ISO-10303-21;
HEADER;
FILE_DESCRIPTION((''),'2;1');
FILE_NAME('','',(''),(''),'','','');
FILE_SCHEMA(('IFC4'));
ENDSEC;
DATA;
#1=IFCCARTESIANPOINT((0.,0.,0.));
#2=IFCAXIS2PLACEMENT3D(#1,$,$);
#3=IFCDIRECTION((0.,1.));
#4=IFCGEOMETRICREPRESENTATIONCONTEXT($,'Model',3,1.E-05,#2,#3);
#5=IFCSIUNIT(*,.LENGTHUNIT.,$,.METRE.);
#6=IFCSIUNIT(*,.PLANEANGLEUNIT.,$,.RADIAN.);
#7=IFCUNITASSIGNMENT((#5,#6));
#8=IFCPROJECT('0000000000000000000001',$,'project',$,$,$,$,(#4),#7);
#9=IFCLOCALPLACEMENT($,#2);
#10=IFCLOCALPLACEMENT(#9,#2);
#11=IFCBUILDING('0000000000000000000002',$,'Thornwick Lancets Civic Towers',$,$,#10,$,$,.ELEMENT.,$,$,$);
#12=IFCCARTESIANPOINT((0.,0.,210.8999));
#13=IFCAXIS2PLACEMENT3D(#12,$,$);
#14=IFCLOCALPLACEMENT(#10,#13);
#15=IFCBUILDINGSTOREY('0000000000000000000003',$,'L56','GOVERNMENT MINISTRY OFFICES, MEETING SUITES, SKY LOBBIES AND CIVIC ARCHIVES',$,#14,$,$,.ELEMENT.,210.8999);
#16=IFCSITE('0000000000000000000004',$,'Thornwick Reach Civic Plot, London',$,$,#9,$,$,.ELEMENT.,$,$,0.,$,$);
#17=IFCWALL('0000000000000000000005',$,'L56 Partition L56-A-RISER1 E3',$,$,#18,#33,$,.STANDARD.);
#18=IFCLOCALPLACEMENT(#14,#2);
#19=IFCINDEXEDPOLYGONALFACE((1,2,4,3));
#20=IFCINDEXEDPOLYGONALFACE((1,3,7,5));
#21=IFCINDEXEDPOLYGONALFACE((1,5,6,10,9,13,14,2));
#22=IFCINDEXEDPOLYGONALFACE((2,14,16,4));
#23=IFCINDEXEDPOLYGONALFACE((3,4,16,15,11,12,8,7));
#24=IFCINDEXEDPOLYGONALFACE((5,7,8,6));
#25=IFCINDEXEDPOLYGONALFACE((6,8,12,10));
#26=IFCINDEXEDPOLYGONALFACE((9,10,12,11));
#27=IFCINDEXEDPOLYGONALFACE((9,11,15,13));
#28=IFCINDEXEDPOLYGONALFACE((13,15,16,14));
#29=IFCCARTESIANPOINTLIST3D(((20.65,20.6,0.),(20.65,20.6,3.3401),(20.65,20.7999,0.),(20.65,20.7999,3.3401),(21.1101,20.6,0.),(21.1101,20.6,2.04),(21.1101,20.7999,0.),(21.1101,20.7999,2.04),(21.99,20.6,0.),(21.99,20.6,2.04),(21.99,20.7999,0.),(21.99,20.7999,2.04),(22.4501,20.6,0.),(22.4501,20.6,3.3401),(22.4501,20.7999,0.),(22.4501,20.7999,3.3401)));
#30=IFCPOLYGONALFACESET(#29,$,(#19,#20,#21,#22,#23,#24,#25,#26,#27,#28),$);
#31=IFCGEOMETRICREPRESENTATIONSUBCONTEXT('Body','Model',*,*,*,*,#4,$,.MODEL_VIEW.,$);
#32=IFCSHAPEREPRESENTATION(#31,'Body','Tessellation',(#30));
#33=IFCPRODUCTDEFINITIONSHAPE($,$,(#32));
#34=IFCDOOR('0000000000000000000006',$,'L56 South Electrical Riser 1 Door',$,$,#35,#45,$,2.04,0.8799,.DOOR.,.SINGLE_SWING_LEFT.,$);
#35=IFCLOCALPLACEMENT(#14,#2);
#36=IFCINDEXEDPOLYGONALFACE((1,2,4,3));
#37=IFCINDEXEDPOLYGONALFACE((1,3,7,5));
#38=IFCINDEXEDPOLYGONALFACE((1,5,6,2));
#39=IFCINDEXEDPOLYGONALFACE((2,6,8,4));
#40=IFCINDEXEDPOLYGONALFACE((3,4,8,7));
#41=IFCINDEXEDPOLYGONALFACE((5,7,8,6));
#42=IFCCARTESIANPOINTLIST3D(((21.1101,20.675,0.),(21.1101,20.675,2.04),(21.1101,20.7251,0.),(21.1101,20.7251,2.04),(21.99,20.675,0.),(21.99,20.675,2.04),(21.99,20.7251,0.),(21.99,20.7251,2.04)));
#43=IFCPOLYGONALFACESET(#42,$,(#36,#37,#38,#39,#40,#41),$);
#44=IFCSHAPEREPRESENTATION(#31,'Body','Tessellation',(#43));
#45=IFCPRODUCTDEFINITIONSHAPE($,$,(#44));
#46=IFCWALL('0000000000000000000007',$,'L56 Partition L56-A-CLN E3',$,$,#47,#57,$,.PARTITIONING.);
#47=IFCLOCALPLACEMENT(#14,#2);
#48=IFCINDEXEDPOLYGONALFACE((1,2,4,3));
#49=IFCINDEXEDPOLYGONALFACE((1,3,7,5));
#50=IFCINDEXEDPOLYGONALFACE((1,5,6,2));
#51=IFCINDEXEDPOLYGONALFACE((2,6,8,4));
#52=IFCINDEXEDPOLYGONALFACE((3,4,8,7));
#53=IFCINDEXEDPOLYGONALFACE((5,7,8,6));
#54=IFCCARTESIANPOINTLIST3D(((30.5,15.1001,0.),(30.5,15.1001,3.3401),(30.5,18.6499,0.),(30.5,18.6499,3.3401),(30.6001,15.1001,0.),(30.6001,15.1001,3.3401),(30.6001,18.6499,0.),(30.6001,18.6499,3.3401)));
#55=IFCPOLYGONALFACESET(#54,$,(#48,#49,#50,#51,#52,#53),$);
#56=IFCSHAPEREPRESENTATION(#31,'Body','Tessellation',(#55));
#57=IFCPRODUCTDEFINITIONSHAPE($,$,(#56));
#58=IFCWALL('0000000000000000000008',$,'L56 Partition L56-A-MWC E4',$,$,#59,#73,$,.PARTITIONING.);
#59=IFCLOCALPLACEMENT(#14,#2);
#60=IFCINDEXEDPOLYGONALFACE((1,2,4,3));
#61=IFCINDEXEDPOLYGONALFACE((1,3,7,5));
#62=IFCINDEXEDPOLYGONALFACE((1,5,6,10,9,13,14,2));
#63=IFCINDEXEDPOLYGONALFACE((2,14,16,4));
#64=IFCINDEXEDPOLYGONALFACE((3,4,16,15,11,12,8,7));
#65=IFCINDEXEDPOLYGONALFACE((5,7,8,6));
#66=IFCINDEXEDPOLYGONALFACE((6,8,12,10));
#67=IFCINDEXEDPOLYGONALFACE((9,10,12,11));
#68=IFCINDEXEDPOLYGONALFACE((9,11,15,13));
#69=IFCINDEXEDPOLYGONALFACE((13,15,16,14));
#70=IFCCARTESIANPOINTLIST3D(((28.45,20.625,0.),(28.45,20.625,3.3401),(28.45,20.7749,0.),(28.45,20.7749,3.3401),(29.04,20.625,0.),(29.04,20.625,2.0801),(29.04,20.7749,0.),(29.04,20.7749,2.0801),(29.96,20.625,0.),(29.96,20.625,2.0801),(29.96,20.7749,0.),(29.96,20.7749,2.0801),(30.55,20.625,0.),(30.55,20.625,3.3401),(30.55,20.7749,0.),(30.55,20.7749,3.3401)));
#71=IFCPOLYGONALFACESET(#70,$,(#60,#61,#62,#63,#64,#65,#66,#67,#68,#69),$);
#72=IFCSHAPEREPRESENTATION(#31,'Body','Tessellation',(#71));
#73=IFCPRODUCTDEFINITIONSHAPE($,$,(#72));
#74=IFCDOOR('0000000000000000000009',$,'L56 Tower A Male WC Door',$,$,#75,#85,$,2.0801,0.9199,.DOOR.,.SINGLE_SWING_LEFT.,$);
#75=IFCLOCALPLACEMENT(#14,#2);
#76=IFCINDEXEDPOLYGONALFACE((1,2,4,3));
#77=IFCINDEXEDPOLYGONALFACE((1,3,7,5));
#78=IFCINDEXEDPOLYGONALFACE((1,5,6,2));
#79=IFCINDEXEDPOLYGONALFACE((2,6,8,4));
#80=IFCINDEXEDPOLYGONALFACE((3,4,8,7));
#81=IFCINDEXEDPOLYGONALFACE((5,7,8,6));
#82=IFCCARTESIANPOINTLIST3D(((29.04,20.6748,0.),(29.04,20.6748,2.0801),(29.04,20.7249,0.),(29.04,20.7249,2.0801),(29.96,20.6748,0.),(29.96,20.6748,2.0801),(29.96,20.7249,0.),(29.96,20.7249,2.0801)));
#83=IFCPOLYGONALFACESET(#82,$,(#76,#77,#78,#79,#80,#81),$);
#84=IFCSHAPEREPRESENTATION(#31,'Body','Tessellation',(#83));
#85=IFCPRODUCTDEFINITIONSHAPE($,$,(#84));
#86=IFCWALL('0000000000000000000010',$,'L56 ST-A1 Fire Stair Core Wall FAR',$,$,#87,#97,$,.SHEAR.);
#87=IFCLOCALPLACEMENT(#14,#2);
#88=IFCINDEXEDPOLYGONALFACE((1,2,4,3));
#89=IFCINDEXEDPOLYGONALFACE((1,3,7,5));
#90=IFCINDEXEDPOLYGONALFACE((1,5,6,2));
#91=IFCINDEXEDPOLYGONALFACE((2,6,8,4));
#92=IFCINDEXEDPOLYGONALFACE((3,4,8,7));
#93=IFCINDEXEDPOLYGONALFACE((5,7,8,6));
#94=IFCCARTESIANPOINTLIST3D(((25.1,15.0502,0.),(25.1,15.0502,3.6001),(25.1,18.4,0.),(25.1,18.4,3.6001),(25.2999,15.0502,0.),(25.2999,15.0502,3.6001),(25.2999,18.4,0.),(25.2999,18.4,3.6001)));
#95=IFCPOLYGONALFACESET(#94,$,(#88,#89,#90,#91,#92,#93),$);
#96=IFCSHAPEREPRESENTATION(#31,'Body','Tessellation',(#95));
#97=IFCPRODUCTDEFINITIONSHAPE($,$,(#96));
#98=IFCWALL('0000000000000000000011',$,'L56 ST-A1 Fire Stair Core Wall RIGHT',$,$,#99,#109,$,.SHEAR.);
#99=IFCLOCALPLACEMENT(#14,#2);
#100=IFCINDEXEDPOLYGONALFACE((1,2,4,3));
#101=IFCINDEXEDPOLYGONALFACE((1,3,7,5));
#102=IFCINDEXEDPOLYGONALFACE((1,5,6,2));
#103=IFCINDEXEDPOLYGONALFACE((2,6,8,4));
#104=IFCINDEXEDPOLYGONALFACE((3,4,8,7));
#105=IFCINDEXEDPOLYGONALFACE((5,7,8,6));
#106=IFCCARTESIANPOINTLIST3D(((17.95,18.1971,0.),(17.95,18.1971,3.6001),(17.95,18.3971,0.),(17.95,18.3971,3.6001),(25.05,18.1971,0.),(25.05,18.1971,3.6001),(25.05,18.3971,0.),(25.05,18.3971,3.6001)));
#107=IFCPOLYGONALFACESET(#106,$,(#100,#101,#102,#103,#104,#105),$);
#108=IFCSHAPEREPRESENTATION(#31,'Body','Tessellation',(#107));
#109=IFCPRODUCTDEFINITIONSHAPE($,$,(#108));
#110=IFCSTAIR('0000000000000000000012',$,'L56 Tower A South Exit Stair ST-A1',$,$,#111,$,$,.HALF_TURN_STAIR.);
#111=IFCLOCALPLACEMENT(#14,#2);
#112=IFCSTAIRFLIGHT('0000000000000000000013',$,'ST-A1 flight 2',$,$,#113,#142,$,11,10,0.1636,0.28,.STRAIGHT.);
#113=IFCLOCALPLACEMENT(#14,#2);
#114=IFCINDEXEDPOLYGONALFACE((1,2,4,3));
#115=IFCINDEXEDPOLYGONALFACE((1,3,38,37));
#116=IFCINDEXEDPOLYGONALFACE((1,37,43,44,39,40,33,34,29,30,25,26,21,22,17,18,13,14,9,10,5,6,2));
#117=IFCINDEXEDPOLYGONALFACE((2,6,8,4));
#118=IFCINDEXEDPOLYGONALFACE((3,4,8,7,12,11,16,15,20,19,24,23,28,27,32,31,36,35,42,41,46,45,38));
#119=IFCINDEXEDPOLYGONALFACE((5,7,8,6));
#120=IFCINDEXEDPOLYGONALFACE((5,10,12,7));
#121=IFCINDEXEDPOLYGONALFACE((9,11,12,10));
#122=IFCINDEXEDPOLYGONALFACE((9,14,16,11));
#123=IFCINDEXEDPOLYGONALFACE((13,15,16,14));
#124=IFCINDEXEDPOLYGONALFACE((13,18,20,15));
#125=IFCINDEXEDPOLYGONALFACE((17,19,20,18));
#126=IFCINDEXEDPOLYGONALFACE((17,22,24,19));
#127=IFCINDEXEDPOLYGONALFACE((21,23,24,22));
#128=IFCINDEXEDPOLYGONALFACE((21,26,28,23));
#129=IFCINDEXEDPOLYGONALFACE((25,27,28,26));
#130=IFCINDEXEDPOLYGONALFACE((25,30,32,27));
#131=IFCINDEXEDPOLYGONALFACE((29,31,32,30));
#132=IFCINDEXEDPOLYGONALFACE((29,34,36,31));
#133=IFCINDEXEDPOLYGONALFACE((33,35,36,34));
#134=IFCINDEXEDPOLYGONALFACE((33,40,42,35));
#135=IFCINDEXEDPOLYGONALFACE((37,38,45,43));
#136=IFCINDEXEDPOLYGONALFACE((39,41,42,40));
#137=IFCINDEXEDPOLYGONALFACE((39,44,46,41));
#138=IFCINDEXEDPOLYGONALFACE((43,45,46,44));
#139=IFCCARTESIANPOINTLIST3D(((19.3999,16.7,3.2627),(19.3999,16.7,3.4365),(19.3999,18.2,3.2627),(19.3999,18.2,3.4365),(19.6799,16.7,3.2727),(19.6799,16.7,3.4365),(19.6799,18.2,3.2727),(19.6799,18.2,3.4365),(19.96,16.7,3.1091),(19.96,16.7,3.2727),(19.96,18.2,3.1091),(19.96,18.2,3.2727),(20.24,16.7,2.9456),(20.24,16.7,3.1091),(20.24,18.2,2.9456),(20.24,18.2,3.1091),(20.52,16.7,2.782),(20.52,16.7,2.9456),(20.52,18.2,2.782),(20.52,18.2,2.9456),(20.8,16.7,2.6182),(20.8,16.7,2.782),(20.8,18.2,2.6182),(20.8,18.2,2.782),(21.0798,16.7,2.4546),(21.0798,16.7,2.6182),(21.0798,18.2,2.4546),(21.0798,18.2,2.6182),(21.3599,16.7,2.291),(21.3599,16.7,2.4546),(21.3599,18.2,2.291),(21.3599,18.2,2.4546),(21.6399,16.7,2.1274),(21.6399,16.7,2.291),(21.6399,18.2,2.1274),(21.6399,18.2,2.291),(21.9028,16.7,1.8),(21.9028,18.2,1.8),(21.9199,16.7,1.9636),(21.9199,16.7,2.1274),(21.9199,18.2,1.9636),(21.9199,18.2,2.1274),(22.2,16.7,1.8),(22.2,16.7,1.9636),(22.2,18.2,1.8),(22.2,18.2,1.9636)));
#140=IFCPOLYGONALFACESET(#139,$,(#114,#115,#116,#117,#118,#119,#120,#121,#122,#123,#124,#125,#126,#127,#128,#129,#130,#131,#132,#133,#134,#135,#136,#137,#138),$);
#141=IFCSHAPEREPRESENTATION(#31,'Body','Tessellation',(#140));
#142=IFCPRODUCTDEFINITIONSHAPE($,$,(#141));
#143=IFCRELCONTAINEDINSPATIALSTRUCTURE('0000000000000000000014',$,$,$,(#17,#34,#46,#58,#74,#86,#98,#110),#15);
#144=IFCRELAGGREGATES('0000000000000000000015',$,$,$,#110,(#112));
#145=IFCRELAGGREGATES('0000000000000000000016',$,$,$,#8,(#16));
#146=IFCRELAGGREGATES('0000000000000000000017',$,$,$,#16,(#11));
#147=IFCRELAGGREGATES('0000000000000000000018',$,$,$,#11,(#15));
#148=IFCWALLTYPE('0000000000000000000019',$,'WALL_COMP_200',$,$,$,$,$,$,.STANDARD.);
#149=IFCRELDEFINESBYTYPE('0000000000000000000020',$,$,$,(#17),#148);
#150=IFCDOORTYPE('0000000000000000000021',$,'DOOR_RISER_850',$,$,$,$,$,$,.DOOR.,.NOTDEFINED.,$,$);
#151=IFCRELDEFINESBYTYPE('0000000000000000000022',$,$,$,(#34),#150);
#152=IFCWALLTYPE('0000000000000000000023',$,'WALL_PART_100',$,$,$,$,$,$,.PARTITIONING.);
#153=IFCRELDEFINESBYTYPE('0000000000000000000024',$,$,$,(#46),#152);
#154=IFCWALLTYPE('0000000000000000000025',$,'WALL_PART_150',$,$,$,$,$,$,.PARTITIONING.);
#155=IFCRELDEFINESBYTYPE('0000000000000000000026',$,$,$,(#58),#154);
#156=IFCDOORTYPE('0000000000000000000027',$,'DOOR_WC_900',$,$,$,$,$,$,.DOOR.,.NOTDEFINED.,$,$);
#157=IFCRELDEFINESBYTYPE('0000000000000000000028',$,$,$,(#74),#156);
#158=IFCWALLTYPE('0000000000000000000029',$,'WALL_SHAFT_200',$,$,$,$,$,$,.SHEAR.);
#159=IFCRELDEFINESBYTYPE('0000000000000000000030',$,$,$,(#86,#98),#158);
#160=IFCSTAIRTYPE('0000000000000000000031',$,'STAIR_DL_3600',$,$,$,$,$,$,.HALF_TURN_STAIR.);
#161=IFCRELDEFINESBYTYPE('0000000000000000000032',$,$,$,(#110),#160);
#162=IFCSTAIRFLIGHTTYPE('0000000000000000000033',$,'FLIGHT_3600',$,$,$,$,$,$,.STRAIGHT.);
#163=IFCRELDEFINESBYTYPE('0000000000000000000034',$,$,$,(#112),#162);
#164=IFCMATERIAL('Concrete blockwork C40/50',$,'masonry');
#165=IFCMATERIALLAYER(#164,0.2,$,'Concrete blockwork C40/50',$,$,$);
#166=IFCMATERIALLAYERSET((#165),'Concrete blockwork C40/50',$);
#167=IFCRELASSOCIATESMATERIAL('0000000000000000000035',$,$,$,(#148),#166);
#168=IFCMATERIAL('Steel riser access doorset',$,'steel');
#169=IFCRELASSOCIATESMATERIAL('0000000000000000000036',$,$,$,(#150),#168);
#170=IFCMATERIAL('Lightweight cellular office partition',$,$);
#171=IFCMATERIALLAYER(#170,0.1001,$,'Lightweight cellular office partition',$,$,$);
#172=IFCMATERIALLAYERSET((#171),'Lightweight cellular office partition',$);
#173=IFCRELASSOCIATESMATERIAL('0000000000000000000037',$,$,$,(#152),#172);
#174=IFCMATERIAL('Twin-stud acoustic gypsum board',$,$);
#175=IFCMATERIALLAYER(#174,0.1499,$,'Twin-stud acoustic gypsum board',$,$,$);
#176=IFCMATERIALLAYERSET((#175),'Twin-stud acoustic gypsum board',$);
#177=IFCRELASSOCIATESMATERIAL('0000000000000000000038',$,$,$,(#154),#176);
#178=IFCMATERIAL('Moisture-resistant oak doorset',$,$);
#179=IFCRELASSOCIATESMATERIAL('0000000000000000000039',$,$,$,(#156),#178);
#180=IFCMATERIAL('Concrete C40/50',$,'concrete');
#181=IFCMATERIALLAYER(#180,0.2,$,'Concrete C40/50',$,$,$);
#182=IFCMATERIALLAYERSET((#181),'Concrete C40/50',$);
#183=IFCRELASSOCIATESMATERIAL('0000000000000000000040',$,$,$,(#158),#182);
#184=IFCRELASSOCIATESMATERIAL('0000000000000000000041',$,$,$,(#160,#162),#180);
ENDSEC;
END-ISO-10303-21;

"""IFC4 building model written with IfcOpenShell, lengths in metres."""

from ifc_helpers import new_model, si_unit, direction, frame, frame_2d, origin, place, context, subcontext, project, spatial, polyline, rectangle, outline, extrude, material, layer, layer_set, type_object, element, fill, aggregate, save


model = new_model("IFC4")

# Units and contexts
model_context = context("Model", 3, precision=1e-05, world=origin(), true_north=direction((0.0, 1.0)))
body_context = subcontext(model_context, "Body", "Model", "MODEL_VIEW")
ifc_project = project(units=[si_unit("LENGTHUNIT", "METRE"), si_unit("PLANEANGLEUNIT", "RADIAN")], contexts=[model_context])

# Site, building, storey
site_placement = place(None, origin())
site = spatial("IfcSite", under=ifc_project, at=site_placement, Name="Thornwick Reach Civic Plot, London", CompositionType="ELEMENT", RefElevation=0.0)
building_placement = place(site_placement, origin())
building = spatial("IfcBuilding", under=site, at=building_placement, Name="Thornwick Lancets Civic Towers", CompositionType="ELEMENT")
storey_placement = place(building_placement, frame((0.0, 0.0, 210.8999)))
storey = spatial("IfcBuildingStorey", under=building, at=storey_placement, Name="L56", Description="GOVERNMENT MINISTRY OFFICES, MEETING SUITES, SKY LOBBIES AND CIVIC ARCHIVES", CompositionType="ELEMENT", Elevation=210.8999)

# Shared definitions
ifc_material_1 = material(Name="Concrete C40/50", Category="concrete")

# Shared definitions
ifc_material_2 = material(Name="Concrete blockwork C40/50", Category="masonry")
ifc_layer_1 = layer(ifc_material_2, 0.2, Name="Concrete blockwork C40/50")
ifc_layer_set_1 = layer_set([ifc_layer_1], Name="Concrete blockwork C40/50")
wall_type_1 = type_object("IfcWallType", Name="WALL_COMP_200", PredefinedType="STANDARD", material=ifc_layer_set_1)

# Shared definitions
ifc_material_3 = material(Name="Steel riser access doorset", Category="steel")
door_type_1 = type_object("IfcDoorType", Name="DOOR_RISER_850", OperationType="NOTDEFINED", PredefinedType="DOOR", material=ifc_material_3)

# Wall, opening, door
wall_1_placement = place(storey_placement, frame((22.45, 20.7, 0.0), z_axis=(0.0, 0.0, 1.0), x_axis=(-1.0, 0.0, 0.0)))
wall_1 = element("IfcWall", 1, at=wall_1_placement, inside=storey, type_object=wall_type_1, Name="L56 Partition L56-A-RISER1 E3", PredefinedType="STANDARD", context=body_context, shape_type="SweptSolid", body=[
    extrude(rectangle(XDim=1.8, YDim=0.2, at=frame_2d((0.8999, 0.0))), origin(), (0.0, 0.0, 1.0), 3.3401),
])
opening_1_placement = place(wall_1_placement, frame((0.46, 0.0, 0.0)))
opening_1 = element("IfcOpeningElement", 2, at=opening_1_placement, cuts=wall_1, PredefinedType="OPENING", context=body_context, shape_type="SweptSolid", body=[
    extrude(rectangle(XDim=0.8799, YDim=2.04, at=frame_2d((0.4399, 1.02))), frame((0.0, 0.1099, 0.0), z_axis=(0.0, -1.0, 0.0), x_axis=(1.0, 0.0, 0.0)), (0.0, 0.0, 1.0), 0.22),
])
door_1_placement = place(opening_1_placement, origin())
door_1 = element("IfcDoor", 3, at=door_1_placement, inside=storey, type_object=door_type_1, Name="L56 South Electrical Riser 1 Door", OperationType="SINGLE_SWING_LEFT", OverallHeight=2.04, OverallWidth=0.8799, PredefinedType="DOOR", context=body_context, shape_type="SweptSolid", body=[
    extrude(rectangle(XDim=0.8799, YDim=2.04, at=frame_2d((0.4399, 1.02))), frame((0.0, 0.0249, 0.0), z_axis=(0.0, -1.0, 0.0), x_axis=(1.0, 0.0, 0.0)), (0.0, 0.0, 1.0), 0.05),
])
fill(opening_1, door_1)

# Wall
ifc_material_4 = material(Name="Lightweight cellular office partition")
ifc_layer_2 = layer(ifc_material_4, 0.1001, Name="Lightweight cellular office partition")
ifc_layer_set_2 = layer_set([ifc_layer_2], Name="Lightweight cellular office partition")
wall_type_2 = type_object("IfcWallType", Name="WALL_PART_100", PredefinedType="PARTITIONING", material=ifc_layer_set_2)
wall_2_placement = place(storey_placement, frame((30.55, 15.1001, 0.0), z_axis=(0.0, 0.0, 1.0), x_axis=(0.0, 1.0, 0.0)))
element("IfcWall", 4, at=wall_2_placement, inside=storey, type_object=wall_type_2, Name="L56 Partition L56-A-CLN E3", PredefinedType="PARTITIONING", context=body_context, shape_type="SweptSolid", body=[
    extrude(rectangle(XDim=3.5498, YDim=0.1001, at=frame_2d((1.7749, 0.0))), origin(), (0.0, 0.0, 1.0), 3.3401),
])

# Wall, opening, door
ifc_material_5 = material(Name="Twin-stud acoustic gypsum board")
ifc_layer_3 = layer(ifc_material_5, 0.1499, Name="Twin-stud acoustic gypsum board")
ifc_layer_set_3 = layer_set([ifc_layer_3], Name="Twin-stud acoustic gypsum board")
wall_type_3 = type_object("IfcWallType", Name="WALL_PART_150", PredefinedType="PARTITIONING", material=ifc_layer_set_3)
wall_3_placement = place(storey_placement, frame((28.45, 20.7, 0.0), z_axis=(0.0, 0.0, 1.0), x_axis=(1.0, 0.0, 0.0)))
wall_3 = element("IfcWall", 5, at=wall_3_placement, inside=storey, type_object=wall_type_3, Name="L56 Partition L56-A-MWC E4", PredefinedType="PARTITIONING", context=body_context, shape_type="SweptSolid", body=[
    extrude(rectangle(XDim=2.1001, YDim=0.1499, at=frame_2d((1.05, 0.0))), origin(), (0.0, 0.0, 1.0), 3.3401),
])
opening_2_placement = place(wall_3_placement, frame((0.5901, 0.0, 0.0)))
opening_2 = element("IfcOpeningElement", 6, at=opening_2_placement, cuts=wall_3, PredefinedType="OPENING", context=body_context, shape_type="SweptSolid", body=[
    extrude(rectangle(XDim=0.9199, YDim=2.0801, at=frame_2d((0.46, 1.04))), frame((0.0, 0.085, 0.0), z_axis=(0.0, -1.0, 0.0), x_axis=(1.0, 0.0, 0.0)), (0.0, 0.0, 1.0), 0.1699),
])
ifc_material_6 = material(Name="Moisture-resistant oak doorset")
door_type_2 = type_object("IfcDoorType", Name="DOOR_WC_900", OperationType="NOTDEFINED", PredefinedType="DOOR", material=ifc_material_6)
door_2_placement = place(opening_2_placement, origin())
door_2 = element("IfcDoor", 7, at=door_2_placement, inside=storey, type_object=door_type_2, Name="L56 Tower A Male WC Door", OperationType="SINGLE_SWING_LEFT", OverallHeight=2.0801, OverallWidth=0.9199, PredefinedType="DOOR", context=body_context, shape_type="SweptSolid", body=[
    extrude(rectangle(XDim=0.9199, YDim=2.0801, at=frame_2d((0.46, 1.04))), frame((0.0, 0.0249, 0.0), z_axis=(0.0, -1.0, 0.0), x_axis=(1.0, 0.0, 0.0)), (0.0, 0.0, 1.0), 0.05),
])
fill(opening_2, door_2)

# Walls
ifc_layer_4 = layer(ifc_material_1, 0.2, Name="Concrete C40/50")
ifc_layer_set_4 = layer_set([ifc_layer_4], Name="Concrete C40/50")
wall_type_4 = type_object("IfcWallType", Name="WALL_SHAFT_200", PredefinedType="SHEAR", material=ifc_layer_set_4)
wall_4_placement = place(storey_placement, frame((25.2, 18.3999, 0.0), z_axis=(0.0, 0.0, 1.0), x_axis=(0.0, -1.0, 0.0)))
element("IfcWall", 8, at=wall_4_placement, inside=storey, type_object=wall_type_4, Name="L56 ST-A1 Fire Stair Core Wall FAR", PredefinedType="SHEAR", context=body_context, shape_type="SweptSolid", body=[
    extrude(rectangle(XDim=3.3499, YDim=0.2, at=frame_2d((1.6748, 0.0))), origin(), (0.0, 0.0, 1.0), 3.6001),
])
wall_5_placement = place(storey_placement, frame((25.05, 18.2971, 0.0), z_axis=(0.0, 0.0, 1.0), x_axis=(-1.0, 0.0, 0.0)))
element("IfcWall", 9, at=wall_5_placement, inside=storey, type_object=wall_type_4, Name="L56 ST-A1 Fire Stair Core Wall RIGHT", PredefinedType="SHEAR", context=body_context, shape_type="SweptSolid", body=[
    extrude(rectangle(XDim=7.1001, YDim=0.2, at=frame_2d((3.55, 0.0))), origin(), (0.0, 0.0, 1.0), 3.6001),
])

# Stair, stair flight
stair_type = type_object("IfcStairType", Name="STAIR_DL_3600", PredefinedType="HALF_TURN_STAIR", material=ifc_material_1)
stair_placement = place(storey_placement, origin())
stair = element("IfcStair", 10, at=stair_placement, inside=storey, type_object=stair_type, Name="L56 Tower A South Exit Stair ST-A1", PredefinedType="HALF_TURN_STAIR")
stair_flight_type = type_object("IfcStairFlightType", Name="FLIGHT_3600", PredefinedType="STRAIGHT", material=ifc_material_1)
stair_flight_placement = place(storey_placement, frame((22.2, 17.45, 1.8), z_axis=(0.0, 0.0, 1.0), x_axis=(-1.0, 0.0, 0.0)))
stair_flight = element("IfcStairFlight", 11, at=stair_flight_placement, type_object=stair_flight_type, Name="ST-A1 flight 2", NumberOfRisers=11, NumberOfTreads=10, PredefinedType="STRAIGHT", RiserHeight=0.1636, TreadLength=0.28, context=body_context, shape_type="SweptSolid", body=[
    extrude(outline(polyline([(0.0, 0.0), (0.0, 0.1636), (0.28, 0.1636), (0.28, 0.3274), (0.5601, 0.3274), (0.5601, 0.491), (0.8401, 0.491), (0.8401, 0.6545), (1.1201, 0.6545), (1.1201, 0.8181), (1.3999, 0.8181), (1.3999, 0.9819), (1.6799, 0.9819), (1.6799, 1.1455), (1.96, 1.1455), (1.96, 1.3091), (2.24, 1.3091), (2.24, 1.4727), (2.52, 1.4727), (2.52, 1.6365), (2.8, 1.6365), (2.8, 1.8), (2.8, 1.4626), (0.2971, 0.0), (0.0, 0.0)])), frame((0.0, 0.75, 0.0), z_axis=(0.0, -1.0, 0.0), x_axis=(1.0, 0.0, 0.0)), (0.0, 0.0, 1.0), 1.5),
])
aggregate(stair, [stair_flight])

save(model, "model.ifc")
